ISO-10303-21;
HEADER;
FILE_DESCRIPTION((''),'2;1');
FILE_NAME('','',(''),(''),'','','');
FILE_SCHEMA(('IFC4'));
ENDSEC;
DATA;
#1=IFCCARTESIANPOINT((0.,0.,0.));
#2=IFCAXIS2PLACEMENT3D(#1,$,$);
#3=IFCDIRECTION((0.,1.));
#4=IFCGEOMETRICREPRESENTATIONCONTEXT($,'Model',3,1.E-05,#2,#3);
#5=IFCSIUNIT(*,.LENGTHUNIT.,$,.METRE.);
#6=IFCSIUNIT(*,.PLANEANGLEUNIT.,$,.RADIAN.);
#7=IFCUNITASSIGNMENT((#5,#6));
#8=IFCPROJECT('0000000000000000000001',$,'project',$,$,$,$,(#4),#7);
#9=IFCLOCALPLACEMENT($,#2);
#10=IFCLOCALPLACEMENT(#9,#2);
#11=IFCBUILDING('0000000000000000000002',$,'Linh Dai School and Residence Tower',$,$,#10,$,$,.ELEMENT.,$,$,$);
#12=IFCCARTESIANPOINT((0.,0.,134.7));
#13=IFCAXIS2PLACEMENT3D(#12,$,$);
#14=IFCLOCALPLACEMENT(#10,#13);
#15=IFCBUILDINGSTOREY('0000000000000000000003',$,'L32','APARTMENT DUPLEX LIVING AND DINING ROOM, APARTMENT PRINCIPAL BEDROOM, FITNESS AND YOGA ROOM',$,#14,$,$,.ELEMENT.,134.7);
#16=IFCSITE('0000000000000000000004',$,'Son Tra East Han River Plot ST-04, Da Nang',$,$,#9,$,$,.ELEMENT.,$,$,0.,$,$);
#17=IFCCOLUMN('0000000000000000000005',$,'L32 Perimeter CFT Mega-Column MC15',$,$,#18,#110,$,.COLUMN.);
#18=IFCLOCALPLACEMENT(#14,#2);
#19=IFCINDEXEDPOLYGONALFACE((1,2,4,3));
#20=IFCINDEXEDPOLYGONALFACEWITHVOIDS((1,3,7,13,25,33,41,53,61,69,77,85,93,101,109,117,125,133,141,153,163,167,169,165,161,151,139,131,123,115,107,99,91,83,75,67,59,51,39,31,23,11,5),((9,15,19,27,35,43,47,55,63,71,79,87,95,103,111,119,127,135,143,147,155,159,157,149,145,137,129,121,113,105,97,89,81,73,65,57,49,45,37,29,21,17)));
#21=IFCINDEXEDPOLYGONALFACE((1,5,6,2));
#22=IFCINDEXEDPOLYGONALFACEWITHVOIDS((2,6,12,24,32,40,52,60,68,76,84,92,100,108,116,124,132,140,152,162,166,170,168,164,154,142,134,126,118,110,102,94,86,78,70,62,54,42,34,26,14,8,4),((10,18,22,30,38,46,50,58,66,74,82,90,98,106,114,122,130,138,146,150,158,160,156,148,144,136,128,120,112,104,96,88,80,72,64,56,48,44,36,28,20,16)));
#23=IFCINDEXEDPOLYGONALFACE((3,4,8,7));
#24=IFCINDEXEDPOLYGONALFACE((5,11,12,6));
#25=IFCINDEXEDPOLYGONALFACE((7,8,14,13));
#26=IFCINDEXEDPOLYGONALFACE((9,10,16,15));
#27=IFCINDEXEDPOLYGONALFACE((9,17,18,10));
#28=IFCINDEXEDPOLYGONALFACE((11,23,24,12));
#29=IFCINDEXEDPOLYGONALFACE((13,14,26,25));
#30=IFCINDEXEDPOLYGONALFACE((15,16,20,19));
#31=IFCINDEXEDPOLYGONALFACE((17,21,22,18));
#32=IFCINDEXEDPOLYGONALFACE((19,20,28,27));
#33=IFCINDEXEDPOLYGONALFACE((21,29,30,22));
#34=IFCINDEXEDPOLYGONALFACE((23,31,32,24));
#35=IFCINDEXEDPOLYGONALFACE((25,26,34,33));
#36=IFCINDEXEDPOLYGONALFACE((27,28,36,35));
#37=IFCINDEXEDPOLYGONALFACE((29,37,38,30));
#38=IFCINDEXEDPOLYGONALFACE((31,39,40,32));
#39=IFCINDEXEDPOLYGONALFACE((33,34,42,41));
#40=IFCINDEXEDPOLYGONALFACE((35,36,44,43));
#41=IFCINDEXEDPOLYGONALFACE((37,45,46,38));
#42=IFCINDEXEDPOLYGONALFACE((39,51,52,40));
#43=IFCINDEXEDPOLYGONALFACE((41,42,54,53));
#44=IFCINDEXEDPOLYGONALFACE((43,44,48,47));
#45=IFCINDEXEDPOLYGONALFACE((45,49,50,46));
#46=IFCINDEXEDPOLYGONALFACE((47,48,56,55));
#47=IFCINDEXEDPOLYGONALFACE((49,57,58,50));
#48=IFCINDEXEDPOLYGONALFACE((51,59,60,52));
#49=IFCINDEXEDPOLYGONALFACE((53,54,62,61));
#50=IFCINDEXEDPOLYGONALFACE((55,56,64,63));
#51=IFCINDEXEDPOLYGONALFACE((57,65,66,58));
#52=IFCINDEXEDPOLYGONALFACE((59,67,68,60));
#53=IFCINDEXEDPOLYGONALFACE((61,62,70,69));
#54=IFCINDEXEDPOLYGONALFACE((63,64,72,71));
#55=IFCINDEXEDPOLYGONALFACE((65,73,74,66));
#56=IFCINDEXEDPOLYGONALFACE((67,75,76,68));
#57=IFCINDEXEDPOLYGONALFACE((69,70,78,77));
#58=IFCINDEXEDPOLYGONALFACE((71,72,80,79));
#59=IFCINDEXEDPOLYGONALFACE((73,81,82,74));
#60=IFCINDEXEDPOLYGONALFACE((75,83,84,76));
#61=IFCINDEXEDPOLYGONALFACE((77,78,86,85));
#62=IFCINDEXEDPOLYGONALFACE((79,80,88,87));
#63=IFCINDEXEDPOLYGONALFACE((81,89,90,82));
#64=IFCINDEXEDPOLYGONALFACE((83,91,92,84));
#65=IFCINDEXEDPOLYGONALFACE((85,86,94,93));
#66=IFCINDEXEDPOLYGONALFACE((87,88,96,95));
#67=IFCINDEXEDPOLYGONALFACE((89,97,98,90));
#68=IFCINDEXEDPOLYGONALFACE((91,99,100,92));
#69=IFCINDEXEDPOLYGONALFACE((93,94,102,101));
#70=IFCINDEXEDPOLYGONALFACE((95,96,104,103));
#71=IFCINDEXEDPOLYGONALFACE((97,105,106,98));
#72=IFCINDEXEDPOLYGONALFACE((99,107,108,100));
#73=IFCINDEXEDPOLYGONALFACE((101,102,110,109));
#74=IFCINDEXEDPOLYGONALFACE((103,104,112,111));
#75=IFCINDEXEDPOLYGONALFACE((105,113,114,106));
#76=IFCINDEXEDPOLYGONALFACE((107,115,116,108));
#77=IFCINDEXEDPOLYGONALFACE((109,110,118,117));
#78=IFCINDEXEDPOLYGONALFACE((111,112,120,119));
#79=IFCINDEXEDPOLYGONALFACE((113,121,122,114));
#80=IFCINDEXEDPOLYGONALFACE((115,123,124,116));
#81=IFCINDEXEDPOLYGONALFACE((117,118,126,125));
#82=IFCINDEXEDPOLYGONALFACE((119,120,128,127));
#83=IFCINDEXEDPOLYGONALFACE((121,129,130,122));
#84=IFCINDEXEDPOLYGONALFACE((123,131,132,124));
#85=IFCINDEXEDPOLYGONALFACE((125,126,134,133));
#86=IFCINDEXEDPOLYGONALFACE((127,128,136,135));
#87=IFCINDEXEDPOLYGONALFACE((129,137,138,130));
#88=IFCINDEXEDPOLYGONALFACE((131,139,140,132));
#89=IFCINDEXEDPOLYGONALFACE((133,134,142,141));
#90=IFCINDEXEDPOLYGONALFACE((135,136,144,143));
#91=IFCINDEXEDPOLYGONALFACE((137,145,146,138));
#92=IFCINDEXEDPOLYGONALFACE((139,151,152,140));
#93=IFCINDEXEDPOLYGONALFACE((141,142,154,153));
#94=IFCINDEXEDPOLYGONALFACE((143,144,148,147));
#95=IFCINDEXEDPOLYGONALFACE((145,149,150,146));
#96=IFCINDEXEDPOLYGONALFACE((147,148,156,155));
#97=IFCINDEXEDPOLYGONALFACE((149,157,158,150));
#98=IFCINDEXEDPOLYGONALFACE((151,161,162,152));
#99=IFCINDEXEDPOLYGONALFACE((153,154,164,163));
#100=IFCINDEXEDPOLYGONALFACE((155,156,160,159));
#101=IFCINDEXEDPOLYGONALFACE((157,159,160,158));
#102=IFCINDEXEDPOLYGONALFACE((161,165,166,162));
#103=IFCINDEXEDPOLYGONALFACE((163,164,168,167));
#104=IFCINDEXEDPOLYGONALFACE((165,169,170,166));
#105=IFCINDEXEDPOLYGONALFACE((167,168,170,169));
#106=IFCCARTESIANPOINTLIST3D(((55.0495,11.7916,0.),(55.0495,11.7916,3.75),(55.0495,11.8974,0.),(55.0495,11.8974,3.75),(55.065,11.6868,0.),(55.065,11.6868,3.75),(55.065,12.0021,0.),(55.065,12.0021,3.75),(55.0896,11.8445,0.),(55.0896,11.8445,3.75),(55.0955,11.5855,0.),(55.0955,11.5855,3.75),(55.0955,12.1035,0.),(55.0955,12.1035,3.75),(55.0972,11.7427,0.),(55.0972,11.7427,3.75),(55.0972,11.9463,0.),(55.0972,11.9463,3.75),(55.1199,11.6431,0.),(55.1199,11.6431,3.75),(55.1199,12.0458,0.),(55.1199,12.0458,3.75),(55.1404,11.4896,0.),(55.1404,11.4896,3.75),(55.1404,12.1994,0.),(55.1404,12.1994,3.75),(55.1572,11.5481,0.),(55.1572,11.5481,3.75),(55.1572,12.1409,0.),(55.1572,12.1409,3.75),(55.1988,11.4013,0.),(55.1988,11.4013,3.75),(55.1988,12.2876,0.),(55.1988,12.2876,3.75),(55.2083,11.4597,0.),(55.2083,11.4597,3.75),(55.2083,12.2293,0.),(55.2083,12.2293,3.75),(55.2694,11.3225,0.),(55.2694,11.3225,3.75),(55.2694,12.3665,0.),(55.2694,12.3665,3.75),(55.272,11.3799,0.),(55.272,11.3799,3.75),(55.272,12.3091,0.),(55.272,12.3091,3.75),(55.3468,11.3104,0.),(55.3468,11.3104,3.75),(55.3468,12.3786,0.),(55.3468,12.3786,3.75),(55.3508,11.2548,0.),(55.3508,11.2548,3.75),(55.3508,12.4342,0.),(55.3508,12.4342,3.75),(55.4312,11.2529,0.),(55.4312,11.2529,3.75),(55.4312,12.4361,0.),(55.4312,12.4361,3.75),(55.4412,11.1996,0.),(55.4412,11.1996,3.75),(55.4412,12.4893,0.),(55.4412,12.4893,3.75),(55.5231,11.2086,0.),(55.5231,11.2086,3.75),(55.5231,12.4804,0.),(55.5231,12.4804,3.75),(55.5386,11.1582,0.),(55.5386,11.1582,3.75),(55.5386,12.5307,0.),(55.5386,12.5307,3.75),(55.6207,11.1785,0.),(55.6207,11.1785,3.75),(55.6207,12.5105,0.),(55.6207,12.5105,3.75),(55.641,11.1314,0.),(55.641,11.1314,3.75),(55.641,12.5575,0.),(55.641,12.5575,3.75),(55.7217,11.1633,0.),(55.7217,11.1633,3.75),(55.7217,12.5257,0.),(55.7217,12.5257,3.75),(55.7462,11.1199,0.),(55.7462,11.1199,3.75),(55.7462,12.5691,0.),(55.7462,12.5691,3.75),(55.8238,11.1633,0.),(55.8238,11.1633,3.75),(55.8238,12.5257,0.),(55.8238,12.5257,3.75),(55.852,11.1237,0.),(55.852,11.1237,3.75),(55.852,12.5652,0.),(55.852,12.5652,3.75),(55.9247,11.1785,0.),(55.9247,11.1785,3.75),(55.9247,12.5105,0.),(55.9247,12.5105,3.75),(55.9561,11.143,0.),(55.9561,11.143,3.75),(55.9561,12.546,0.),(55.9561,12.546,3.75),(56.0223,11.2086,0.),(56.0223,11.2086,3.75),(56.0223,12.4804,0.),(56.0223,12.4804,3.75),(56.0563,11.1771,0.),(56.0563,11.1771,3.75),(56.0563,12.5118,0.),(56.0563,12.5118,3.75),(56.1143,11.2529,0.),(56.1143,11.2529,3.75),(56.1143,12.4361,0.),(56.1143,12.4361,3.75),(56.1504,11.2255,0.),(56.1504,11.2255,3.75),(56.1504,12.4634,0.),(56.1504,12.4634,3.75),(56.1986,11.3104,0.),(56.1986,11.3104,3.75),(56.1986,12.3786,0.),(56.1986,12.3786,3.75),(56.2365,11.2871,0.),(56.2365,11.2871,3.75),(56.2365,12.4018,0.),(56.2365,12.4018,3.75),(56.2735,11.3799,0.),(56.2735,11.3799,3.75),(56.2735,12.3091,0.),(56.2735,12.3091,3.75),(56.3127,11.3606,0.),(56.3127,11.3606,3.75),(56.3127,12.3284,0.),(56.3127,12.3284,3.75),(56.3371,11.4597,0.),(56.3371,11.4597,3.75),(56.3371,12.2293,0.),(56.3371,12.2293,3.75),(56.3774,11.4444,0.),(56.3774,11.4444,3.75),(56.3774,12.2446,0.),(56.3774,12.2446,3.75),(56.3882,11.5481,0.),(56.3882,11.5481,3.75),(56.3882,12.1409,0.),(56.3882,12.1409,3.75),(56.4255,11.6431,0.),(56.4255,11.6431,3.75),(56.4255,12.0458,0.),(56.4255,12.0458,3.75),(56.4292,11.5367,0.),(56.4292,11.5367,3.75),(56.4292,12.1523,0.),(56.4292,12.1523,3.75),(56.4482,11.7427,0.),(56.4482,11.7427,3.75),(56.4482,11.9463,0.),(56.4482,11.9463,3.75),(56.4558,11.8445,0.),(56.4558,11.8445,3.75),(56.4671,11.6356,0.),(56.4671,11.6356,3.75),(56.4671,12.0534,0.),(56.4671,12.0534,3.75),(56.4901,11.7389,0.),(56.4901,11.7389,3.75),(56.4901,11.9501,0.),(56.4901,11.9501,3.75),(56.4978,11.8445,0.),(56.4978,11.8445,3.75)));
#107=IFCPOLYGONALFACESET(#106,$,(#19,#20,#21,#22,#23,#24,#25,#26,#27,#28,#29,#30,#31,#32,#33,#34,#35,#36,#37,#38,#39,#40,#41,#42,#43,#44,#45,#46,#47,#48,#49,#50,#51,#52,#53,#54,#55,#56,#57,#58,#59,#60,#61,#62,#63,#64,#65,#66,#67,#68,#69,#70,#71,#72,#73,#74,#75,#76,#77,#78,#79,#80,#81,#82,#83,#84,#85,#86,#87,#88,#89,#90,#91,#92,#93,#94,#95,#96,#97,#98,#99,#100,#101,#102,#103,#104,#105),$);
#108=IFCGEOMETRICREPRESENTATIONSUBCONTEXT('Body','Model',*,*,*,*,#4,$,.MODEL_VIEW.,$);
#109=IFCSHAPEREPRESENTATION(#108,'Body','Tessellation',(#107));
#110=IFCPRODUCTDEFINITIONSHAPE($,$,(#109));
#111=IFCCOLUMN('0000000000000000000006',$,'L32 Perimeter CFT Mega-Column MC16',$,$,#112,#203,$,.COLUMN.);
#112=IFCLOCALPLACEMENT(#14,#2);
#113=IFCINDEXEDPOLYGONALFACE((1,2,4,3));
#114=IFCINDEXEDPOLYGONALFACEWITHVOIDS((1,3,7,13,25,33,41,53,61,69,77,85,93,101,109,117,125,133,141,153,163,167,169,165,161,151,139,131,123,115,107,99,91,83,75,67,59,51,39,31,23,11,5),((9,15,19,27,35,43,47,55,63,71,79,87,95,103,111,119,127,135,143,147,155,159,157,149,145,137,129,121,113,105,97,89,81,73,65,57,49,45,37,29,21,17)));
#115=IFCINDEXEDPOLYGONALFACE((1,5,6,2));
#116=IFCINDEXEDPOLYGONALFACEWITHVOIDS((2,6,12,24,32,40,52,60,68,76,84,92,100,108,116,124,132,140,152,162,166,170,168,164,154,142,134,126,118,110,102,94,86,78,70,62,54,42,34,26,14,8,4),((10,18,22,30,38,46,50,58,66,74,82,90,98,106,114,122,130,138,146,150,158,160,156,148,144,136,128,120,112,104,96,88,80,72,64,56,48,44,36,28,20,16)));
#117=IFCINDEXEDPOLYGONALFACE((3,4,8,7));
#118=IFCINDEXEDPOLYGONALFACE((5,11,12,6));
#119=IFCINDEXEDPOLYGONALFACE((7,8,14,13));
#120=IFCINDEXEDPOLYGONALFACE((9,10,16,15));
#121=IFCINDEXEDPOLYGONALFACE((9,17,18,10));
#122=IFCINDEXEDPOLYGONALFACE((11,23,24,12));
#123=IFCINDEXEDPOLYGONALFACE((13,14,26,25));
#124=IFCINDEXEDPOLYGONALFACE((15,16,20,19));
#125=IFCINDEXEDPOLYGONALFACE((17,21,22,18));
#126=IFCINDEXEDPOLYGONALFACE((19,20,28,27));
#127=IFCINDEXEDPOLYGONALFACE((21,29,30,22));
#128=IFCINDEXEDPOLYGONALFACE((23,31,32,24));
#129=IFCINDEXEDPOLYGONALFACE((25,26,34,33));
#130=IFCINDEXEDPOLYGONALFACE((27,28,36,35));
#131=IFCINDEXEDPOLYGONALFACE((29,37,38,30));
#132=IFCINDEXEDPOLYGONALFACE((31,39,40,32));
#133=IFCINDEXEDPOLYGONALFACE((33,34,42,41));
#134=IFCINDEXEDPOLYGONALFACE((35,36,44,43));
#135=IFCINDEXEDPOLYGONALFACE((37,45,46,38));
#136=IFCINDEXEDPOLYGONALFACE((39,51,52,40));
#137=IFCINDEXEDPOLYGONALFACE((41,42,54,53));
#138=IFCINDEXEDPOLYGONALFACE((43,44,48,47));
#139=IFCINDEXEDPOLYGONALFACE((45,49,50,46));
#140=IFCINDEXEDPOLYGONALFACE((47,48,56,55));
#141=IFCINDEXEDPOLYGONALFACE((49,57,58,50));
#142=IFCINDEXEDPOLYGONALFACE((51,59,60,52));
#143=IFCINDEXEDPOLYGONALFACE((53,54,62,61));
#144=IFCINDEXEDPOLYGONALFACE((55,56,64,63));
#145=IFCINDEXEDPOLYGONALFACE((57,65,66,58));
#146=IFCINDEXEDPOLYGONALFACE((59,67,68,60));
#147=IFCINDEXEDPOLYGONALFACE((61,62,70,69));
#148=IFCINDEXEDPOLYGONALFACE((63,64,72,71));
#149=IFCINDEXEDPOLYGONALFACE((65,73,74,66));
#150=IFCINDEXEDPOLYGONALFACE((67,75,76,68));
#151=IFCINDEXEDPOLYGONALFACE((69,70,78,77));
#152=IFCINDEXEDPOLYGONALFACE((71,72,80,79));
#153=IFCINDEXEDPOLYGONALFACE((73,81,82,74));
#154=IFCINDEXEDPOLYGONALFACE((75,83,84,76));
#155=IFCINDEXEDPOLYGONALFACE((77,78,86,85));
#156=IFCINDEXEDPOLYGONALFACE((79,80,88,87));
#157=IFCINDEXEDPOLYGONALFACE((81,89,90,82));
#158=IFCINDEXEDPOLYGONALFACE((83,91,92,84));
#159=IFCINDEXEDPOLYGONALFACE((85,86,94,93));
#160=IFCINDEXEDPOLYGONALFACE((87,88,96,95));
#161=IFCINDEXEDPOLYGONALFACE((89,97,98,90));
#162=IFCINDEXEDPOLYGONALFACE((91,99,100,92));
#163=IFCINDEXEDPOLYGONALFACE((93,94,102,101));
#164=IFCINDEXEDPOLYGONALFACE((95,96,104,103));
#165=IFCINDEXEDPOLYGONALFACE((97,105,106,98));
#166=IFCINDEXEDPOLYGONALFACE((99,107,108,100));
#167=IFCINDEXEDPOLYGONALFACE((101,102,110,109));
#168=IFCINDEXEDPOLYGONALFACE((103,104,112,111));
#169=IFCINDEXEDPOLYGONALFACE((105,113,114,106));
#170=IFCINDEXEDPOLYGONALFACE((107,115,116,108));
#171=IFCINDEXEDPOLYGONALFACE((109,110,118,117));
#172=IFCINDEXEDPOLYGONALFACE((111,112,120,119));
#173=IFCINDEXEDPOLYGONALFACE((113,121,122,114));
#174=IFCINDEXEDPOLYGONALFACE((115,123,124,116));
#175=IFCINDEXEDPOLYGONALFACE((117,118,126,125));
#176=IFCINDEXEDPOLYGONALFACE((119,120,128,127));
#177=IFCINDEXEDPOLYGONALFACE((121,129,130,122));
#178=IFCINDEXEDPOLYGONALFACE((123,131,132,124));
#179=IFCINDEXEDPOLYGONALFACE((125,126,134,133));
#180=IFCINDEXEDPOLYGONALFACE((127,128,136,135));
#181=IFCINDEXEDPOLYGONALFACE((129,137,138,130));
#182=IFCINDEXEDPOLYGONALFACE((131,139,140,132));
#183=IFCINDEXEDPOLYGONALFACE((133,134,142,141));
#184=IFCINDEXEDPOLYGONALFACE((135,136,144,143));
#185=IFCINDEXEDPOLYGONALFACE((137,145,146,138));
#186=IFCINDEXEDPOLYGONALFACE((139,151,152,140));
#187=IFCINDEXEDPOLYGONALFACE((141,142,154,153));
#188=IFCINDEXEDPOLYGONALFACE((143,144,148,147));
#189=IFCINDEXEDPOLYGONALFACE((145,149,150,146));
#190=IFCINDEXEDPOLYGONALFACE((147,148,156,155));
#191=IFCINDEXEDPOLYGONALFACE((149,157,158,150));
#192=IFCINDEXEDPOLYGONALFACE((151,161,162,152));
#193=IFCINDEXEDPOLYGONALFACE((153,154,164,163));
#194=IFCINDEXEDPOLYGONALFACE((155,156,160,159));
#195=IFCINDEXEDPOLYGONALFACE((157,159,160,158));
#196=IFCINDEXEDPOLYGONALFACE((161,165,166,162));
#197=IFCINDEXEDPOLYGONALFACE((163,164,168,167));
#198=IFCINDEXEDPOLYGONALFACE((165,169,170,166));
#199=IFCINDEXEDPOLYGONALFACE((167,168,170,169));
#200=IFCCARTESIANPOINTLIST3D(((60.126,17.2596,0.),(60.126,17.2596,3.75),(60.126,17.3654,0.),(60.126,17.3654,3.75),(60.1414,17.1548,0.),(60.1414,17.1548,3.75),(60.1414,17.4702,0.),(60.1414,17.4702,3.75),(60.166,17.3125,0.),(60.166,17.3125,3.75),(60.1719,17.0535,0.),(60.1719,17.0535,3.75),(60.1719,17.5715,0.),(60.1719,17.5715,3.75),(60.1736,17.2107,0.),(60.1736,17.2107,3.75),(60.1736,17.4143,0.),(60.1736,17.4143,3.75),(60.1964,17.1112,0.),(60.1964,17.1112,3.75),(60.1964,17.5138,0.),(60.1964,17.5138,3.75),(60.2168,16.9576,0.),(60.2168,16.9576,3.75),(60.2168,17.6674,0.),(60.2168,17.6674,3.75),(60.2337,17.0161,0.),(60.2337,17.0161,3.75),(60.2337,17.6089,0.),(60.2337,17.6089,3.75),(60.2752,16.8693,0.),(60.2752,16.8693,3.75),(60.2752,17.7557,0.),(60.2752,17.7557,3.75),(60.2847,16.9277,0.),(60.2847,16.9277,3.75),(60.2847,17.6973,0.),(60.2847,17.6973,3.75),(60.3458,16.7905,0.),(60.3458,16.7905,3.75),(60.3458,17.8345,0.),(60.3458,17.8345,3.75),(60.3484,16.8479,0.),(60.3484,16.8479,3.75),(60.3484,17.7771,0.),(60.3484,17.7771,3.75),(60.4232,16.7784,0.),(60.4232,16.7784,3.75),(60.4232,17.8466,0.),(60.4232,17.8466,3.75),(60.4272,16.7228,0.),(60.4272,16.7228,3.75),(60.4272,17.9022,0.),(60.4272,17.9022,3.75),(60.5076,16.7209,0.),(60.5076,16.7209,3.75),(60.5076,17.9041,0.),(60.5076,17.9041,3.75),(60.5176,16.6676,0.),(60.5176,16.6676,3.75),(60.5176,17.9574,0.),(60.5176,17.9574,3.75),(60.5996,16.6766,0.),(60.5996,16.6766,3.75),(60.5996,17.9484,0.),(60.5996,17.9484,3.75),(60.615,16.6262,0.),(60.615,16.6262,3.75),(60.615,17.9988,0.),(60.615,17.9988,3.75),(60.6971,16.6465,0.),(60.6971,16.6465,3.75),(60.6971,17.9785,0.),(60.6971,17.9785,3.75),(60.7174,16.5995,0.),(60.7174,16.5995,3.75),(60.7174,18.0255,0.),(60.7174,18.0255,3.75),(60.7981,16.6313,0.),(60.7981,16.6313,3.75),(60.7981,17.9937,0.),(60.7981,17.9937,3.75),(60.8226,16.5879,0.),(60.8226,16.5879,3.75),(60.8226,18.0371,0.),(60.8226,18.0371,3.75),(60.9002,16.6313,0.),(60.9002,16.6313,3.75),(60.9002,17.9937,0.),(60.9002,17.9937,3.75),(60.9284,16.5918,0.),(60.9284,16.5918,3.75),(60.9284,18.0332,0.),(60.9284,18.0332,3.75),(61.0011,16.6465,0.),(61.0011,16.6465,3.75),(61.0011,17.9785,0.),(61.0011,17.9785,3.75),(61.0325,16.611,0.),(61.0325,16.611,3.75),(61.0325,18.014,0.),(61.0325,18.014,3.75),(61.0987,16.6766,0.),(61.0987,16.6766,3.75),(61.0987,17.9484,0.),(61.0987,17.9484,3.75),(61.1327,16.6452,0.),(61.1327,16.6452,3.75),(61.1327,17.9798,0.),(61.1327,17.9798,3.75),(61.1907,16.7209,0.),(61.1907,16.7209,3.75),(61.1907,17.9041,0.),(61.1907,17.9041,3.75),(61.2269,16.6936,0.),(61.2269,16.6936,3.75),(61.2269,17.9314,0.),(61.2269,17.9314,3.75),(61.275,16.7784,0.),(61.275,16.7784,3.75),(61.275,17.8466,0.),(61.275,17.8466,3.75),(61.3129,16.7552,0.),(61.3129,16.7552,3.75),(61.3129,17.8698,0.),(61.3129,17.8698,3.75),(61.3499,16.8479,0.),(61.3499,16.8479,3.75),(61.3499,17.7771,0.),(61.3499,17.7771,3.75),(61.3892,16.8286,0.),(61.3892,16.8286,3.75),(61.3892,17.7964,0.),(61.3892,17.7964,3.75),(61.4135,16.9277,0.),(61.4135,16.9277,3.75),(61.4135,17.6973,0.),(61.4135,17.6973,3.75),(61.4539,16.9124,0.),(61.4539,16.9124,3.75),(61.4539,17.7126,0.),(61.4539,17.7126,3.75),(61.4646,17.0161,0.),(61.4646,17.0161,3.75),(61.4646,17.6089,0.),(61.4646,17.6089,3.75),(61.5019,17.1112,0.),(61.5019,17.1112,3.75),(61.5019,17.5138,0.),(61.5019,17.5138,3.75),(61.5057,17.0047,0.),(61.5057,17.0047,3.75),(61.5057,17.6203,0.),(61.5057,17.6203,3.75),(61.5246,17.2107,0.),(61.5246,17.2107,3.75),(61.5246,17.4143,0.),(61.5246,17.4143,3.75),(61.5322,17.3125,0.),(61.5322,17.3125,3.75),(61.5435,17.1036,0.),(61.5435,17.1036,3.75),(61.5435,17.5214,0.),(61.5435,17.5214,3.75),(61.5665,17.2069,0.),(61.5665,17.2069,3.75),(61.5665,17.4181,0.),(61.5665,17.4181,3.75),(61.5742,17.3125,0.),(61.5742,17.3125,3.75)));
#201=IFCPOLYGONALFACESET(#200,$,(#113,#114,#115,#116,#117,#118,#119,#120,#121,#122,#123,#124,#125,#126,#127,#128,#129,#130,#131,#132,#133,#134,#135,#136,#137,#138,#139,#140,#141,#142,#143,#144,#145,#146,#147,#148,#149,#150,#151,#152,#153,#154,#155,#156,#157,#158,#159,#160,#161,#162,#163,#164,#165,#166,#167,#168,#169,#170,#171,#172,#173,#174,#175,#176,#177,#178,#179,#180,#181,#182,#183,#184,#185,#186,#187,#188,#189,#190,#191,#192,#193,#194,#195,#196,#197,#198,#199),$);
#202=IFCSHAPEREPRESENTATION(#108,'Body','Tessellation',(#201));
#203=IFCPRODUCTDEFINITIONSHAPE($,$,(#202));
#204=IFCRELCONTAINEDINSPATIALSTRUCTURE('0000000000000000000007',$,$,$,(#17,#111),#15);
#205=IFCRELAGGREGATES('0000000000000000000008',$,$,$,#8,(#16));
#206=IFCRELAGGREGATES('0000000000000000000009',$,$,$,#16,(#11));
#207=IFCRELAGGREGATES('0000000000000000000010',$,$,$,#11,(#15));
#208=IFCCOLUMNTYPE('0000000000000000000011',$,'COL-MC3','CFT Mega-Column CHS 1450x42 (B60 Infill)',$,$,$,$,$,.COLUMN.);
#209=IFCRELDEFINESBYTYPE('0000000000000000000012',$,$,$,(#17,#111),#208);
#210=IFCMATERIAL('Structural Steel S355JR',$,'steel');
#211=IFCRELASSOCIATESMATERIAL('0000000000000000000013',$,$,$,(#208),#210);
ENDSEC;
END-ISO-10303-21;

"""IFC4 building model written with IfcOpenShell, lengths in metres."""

from ifc_helpers import new_model, si_unit, direction, frame, origin, origin_2d, place, context, subcontext, project, spatial, hollow_circle, extrude, material, material_profile, profile_set, type_object, element, save


model = new_model("IFC4")

# Units and contexts
model_context = context("Model", 3, precision=1e-05, world=origin(), true_north=direction((0.0, 1.0)))
body_context = subcontext(model_context, "Body", "Model", "MODEL_VIEW")
ifc_project = project(units=[si_unit("LENGTHUNIT", "METRE"), si_unit("PLANEANGLEUNIT", "RADIAN")], contexts=[model_context])

# Site, building, storey
site_placement = place(None, origin())
site = spatial("IfcSite", under=ifc_project, at=site_placement, Name="Son Tra East Han River Plot ST-04, Da Nang", CompositionType="ELEMENT", RefElevation=0.0)
building_placement = place(site_placement, origin())
building = spatial("IfcBuilding", under=site, at=building_placement, Name="Linh Dai School and Residence Tower", CompositionType="ELEMENT")
storey_placement = place(building_placement, frame((0.0, 0.0, 134.7)))
storey = spatial("IfcBuildingStorey", under=building, at=storey_placement, Name="L32", Description="APARTMENT DUPLEX LIVING AND DINING ROOM, APARTMENT PRINCIPAL BEDROOM, FITNESS AND YOGA ROOM", CompositionType="ELEMENT", Elevation=134.7)

# Columns
ifc_material_1 = material(Name="Structural Steel S355JR", Category="steel")
ifc_material_profile_1 = material_profile(ifc_material_1, hollow_circle(Radius=0.7251, WallThickness=0.042, at=origin_2d()), Name="CHS 1450x42")
ifc_profile_set_1 = profile_set([ifc_material_profile_1], Name="Structural Steel S355JR")
column_type = type_object("IfcColumnType", Name="COL-MC3", Description="CFT Mega-Column CHS 1450x42 (B60 Infill)", PredefinedType="COLUMN", material=ifc_profile_set_1)
for number, where, z_axis, x_axis, name in (
    (1, (55.7727, 11.8445, 0.0), (0.0, 0.0, 1.0), (1.0, 0.0, 0.0), "L32 Perimeter CFT Mega-Column MC15"),
    (2, (60.8491, 17.3125, 0.0), (0.0, 0.0, 1.0), (1.0, 0.0, 0.0), "L32 Perimeter CFT Mega-Column MC16"),
):
    element("IfcColumn", number, at=place(storey_placement, frame(where, z_axis=z_axis, x_axis=x_axis)), inside=storey, type_object=column_type, Name=name, PredefinedType="COLUMN", context=body_context, shape_type="SweptSolid", body=[
        extrude(hollow_circle(Radius=0.7251, WallThickness=0.042, at=origin_2d()), origin(), (0.0, 0.0, 1.0), 3.75),
    ])

save(model, "model.ifc")
